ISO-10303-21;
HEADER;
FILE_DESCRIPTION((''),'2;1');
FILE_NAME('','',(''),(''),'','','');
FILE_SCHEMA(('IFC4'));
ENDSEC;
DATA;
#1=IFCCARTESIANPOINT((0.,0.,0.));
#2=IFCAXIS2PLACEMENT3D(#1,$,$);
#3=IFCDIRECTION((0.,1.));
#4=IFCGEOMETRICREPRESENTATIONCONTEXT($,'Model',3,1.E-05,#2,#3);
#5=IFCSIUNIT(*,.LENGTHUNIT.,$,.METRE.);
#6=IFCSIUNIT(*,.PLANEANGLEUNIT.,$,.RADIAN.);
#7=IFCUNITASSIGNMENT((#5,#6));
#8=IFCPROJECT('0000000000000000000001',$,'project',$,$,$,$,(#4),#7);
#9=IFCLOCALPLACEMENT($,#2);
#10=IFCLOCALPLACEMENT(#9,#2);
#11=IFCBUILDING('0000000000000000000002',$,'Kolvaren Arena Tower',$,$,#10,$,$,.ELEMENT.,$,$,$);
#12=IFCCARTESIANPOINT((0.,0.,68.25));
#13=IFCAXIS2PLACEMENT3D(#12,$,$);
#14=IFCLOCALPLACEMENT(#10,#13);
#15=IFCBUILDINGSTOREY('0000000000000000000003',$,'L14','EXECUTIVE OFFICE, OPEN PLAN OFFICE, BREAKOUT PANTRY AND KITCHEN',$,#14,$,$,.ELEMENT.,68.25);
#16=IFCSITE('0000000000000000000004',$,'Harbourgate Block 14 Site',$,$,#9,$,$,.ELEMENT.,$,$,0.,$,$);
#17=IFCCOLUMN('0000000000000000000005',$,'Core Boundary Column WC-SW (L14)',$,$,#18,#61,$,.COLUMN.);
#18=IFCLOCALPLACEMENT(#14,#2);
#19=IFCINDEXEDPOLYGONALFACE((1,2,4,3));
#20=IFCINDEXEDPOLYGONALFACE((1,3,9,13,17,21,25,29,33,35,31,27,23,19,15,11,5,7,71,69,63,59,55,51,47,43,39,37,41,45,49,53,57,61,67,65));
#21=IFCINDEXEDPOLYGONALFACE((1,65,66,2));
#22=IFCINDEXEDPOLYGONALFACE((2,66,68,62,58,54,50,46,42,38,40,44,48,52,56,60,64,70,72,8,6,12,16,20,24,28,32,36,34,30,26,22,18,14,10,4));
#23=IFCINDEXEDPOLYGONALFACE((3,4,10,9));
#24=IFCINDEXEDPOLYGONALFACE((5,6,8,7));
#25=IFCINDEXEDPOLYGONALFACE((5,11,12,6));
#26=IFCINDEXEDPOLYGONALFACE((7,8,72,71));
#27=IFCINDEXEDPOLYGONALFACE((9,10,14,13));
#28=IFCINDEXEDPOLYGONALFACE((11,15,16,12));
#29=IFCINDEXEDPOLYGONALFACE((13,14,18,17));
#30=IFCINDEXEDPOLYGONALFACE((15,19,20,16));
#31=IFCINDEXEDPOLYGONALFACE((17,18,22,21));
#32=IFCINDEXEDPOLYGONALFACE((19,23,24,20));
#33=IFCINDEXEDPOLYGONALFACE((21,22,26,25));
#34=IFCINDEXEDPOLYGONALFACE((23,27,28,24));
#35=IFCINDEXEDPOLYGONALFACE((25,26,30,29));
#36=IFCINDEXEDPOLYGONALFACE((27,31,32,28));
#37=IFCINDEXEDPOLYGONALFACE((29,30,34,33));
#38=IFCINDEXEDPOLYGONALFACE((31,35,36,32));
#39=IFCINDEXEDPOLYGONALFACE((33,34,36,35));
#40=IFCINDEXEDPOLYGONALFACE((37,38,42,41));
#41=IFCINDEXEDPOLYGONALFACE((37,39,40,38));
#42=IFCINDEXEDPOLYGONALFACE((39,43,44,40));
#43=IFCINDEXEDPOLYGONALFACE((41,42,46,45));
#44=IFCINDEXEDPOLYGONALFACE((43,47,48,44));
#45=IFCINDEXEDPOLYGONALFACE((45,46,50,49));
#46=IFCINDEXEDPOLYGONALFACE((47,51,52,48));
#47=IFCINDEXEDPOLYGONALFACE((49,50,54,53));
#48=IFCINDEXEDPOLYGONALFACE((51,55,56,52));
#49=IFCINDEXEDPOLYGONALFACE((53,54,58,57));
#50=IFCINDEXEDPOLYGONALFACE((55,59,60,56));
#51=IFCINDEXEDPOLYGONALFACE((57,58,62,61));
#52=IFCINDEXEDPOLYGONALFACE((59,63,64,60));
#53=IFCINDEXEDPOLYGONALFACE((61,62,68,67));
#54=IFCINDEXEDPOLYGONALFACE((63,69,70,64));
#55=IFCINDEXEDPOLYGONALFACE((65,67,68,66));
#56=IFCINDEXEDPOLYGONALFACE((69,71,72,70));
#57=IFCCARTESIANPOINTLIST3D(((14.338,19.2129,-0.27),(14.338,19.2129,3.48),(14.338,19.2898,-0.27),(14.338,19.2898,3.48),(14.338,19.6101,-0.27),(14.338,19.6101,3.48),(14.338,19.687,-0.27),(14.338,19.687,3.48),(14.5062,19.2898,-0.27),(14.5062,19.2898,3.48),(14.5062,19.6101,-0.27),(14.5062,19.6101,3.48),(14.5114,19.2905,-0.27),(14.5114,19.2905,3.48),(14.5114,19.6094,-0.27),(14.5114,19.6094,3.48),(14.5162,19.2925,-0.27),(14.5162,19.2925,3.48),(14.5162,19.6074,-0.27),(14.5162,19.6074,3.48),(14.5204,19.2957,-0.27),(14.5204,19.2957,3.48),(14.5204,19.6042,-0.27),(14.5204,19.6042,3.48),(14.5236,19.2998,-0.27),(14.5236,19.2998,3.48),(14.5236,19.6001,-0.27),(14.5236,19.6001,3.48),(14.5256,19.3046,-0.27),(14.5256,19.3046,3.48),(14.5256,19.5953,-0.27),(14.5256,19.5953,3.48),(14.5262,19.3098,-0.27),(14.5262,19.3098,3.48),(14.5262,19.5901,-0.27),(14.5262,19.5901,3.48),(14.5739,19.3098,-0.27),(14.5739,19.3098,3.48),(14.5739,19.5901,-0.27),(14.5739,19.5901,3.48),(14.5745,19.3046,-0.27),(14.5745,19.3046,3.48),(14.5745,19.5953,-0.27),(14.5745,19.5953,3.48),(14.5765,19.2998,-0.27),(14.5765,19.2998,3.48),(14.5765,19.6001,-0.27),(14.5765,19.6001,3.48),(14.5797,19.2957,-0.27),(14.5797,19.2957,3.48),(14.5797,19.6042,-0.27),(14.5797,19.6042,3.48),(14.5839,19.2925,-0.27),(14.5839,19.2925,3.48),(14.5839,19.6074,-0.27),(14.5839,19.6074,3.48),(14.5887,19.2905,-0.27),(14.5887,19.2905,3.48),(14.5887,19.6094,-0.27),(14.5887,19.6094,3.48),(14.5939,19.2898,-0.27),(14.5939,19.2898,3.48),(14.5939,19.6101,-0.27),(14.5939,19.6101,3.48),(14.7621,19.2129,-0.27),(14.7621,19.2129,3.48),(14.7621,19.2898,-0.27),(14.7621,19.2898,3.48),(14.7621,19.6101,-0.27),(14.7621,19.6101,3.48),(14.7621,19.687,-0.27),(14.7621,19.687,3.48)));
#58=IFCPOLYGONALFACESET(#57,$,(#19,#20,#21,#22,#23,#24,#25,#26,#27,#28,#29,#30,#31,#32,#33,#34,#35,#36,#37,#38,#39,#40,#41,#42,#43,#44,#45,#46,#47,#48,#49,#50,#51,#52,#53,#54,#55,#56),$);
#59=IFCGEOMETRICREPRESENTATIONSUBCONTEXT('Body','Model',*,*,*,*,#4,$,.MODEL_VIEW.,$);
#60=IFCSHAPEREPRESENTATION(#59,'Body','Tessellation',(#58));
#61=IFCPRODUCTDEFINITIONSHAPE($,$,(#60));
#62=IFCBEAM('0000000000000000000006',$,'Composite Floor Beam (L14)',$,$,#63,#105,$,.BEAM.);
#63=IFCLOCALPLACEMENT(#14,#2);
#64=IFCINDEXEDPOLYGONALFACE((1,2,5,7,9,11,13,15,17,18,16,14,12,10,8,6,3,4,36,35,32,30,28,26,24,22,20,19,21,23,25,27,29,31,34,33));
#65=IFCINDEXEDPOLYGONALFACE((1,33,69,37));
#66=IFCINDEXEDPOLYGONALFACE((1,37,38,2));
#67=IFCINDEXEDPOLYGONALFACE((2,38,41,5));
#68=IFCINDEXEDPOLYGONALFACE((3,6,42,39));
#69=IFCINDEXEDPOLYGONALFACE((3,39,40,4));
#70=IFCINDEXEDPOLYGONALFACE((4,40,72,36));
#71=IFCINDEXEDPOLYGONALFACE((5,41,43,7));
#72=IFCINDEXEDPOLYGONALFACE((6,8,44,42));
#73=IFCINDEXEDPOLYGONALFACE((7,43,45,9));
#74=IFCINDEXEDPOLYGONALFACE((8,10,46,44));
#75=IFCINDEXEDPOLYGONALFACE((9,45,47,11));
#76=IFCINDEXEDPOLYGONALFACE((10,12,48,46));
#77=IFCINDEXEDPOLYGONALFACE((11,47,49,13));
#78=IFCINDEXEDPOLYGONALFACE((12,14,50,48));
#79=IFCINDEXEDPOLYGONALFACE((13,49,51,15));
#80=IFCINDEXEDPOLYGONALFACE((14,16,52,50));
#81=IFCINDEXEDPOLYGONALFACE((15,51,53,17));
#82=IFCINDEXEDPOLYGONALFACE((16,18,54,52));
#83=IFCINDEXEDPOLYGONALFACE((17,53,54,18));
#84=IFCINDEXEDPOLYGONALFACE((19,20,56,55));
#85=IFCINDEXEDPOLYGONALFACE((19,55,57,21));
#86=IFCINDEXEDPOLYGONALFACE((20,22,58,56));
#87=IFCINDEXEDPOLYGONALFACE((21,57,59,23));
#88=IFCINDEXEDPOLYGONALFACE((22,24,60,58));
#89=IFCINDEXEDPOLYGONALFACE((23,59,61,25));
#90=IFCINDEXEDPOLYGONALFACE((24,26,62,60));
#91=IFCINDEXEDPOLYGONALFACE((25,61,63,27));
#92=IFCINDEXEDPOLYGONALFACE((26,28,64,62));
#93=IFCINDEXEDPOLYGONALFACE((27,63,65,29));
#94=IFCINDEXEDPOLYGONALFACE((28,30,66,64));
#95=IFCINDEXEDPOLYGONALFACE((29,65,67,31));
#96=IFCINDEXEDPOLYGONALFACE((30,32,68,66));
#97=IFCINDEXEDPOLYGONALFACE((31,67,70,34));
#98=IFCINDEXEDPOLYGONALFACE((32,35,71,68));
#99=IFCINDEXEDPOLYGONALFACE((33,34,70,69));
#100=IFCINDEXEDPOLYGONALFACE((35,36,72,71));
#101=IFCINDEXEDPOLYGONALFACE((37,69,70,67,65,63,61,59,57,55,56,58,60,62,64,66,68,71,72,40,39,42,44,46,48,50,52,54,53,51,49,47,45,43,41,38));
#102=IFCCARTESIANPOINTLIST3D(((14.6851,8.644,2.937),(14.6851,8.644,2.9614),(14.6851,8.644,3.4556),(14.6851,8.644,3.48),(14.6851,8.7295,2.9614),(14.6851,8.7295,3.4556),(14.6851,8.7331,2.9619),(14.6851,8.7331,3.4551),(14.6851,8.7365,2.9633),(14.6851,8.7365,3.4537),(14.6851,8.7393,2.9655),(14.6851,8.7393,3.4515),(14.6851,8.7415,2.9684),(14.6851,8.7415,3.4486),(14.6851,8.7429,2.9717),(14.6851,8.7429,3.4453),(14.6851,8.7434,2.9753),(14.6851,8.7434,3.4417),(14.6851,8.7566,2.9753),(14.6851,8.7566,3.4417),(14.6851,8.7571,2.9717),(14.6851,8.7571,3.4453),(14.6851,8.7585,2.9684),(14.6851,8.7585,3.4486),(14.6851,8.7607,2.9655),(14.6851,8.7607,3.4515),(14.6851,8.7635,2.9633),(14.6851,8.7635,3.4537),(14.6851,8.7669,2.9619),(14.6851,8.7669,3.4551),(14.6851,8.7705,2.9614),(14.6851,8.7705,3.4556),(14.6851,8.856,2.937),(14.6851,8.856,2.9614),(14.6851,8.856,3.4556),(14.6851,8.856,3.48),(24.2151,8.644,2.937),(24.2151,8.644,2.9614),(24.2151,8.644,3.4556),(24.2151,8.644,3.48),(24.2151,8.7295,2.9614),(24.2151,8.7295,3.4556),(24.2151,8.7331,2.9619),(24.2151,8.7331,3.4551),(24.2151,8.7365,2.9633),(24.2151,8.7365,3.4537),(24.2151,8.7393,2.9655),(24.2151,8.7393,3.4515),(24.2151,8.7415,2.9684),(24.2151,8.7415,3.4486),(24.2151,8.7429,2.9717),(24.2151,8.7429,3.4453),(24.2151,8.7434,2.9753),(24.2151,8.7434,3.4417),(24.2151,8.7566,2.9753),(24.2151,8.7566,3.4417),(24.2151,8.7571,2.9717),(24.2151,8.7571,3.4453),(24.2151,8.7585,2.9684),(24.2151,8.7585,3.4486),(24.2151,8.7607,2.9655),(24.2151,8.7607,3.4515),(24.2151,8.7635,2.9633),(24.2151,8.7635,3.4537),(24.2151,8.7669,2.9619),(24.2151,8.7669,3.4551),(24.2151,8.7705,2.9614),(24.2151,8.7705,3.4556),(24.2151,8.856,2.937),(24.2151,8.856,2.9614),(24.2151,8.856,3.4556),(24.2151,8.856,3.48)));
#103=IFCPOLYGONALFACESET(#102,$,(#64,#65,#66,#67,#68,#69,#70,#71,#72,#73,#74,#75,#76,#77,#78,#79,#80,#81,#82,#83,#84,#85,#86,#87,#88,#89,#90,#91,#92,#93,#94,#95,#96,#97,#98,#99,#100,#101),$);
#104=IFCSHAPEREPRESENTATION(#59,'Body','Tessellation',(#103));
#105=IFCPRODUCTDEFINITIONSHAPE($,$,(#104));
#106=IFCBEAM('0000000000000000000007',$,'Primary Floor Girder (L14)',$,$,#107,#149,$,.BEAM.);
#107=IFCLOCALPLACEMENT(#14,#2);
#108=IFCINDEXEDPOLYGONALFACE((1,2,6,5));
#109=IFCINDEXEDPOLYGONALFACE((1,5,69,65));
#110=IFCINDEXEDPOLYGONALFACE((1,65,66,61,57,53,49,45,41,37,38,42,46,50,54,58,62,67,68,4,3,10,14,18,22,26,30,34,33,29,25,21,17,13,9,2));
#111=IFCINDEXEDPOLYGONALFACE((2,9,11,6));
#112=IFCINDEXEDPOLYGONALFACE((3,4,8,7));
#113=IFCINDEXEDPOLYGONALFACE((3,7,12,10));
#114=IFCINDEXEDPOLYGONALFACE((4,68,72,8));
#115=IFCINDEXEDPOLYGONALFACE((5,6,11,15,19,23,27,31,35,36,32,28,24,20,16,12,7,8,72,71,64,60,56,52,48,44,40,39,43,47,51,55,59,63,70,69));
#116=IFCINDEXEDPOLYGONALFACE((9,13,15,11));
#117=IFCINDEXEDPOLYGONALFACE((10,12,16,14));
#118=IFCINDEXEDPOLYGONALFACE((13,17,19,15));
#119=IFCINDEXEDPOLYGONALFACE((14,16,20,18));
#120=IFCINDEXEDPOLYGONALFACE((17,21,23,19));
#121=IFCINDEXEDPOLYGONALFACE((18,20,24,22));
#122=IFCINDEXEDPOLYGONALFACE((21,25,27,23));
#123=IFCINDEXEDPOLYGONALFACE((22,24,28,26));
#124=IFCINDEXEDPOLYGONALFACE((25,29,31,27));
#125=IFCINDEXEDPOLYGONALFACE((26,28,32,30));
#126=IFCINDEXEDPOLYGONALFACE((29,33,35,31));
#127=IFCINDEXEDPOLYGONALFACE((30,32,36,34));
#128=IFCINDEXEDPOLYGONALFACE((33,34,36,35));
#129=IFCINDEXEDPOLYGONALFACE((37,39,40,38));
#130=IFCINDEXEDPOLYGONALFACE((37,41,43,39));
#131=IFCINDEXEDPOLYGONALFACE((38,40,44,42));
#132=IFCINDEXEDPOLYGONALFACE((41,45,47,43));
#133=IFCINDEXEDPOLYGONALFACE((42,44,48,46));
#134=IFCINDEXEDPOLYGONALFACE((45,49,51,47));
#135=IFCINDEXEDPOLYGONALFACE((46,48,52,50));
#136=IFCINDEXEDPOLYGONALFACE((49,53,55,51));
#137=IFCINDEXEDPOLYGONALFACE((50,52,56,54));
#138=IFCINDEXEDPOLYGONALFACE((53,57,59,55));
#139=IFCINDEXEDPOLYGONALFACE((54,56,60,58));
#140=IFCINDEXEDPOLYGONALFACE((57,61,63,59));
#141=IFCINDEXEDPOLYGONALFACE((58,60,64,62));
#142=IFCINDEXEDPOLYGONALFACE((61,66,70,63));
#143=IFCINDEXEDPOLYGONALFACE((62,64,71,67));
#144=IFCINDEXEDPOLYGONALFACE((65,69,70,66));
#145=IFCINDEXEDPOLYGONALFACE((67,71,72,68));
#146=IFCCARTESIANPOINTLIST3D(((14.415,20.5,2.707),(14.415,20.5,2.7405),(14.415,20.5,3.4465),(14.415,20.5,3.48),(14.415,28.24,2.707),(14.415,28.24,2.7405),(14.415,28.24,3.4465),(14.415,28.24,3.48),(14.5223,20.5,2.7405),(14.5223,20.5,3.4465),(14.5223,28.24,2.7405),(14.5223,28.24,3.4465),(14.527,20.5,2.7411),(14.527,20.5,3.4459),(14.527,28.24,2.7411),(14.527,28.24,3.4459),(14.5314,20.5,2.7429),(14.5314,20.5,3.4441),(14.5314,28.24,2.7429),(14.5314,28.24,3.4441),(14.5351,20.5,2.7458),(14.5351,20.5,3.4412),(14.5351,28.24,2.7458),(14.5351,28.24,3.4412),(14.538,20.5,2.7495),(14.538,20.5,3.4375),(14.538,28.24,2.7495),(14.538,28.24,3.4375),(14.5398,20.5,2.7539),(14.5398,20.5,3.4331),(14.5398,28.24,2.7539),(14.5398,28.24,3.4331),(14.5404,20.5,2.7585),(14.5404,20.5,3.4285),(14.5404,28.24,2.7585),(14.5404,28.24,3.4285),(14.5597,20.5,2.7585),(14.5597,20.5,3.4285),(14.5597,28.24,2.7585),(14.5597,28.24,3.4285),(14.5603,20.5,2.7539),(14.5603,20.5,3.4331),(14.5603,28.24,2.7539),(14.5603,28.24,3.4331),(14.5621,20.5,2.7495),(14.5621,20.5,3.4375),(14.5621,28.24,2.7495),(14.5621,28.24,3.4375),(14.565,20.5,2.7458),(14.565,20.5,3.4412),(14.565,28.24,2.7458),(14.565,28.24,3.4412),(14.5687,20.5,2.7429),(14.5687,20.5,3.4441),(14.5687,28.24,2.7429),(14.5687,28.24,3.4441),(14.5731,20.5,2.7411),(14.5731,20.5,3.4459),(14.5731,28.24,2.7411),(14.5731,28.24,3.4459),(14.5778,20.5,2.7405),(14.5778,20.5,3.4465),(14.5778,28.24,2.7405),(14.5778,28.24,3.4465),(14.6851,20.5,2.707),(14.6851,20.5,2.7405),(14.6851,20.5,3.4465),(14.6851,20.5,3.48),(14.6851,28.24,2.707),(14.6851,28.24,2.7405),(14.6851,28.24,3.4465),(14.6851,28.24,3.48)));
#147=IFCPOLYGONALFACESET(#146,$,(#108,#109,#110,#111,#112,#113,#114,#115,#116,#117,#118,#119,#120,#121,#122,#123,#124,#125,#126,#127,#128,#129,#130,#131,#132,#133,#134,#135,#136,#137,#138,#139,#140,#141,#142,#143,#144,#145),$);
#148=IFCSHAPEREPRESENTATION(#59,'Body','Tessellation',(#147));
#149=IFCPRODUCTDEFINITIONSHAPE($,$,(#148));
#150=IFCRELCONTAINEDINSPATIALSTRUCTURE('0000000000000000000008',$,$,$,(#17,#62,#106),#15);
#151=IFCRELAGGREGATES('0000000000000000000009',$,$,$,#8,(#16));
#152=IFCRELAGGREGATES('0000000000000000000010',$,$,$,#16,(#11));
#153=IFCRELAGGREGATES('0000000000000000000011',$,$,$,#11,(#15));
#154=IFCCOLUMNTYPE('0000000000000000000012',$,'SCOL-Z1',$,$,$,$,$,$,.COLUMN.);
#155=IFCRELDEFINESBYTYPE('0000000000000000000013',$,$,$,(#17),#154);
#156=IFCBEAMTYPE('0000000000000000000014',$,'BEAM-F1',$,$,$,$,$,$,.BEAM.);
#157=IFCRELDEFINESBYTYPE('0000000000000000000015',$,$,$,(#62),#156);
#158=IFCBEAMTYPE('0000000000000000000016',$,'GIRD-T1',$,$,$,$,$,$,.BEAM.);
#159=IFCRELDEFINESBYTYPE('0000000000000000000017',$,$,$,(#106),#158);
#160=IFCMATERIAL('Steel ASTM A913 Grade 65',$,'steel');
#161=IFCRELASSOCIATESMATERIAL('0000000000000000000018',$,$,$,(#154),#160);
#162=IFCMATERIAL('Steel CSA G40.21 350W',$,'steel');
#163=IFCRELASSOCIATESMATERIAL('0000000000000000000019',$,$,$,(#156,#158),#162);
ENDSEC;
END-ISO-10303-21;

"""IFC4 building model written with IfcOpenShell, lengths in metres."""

from ifc_helpers import new_model, si_unit, direction, frame, origin, origin_2d, place, context, subcontext, project, spatial, i_section, extrude, material, material_profile, profile_set, type_object, element, save


model = new_model("IFC4")

# Units and contexts
model_context = context("Model", 3, precision=1e-05, world=origin(), true_north=direction((0.0, 1.0)))
body_context = subcontext(model_context, "Body", "Model", "MODEL_VIEW")
ifc_project = project(units=[si_unit("LENGTHUNIT", "METRE"), si_unit("PLANEANGLEUNIT", "RADIAN")], contexts=[model_context])

# Site, building, storey
site_placement = place(None, origin())
site = spatial("IfcSite", under=ifc_project, at=site_placement, Name="Harbourgate Block 14 Site", CompositionType="ELEMENT", RefElevation=0.0)
building_placement = place(site_placement, origin())
building = spatial("IfcBuilding", under=site, at=building_placement, Name="Kolvaren Arena Tower", CompositionType="ELEMENT")
storey_placement = place(building_placement, frame((0.0, 0.0, 68.25)))
storey = spatial("IfcBuildingStorey", under=building, at=storey_placement, Name="L14", Description="EXECUTIVE OFFICE, OPEN PLAN OFFICE, BREAKOUT PANTRY AND KITCHEN", CompositionType="ELEMENT", Elevation=68.25)

# Column
ifc_material_1 = material(Name="Steel ASTM A913 Grade 65", Category="steel")
ifc_material_profile_1 = material_profile(ifc_material_1, i_section(OverallWidth=0.4241, OverallDepth=0.4741, WebThickness=0.0476, FlangeThickness=0.0769, FilletRadius=0.02, at=origin_2d()), Name="W360x634")
ifc_profile_set_1 = profile_set([ifc_material_profile_1], Name="Steel ASTM A913 Grade 65")
column_type = type_object("IfcColumnType", Name="SCOL-Z1", PredefinedType="COLUMN", material=ifc_profile_set_1)
column_placement = place(storey_placement, frame((14.55, 19.45, -0.27), z_axis=(0.0, 0.0, 1.0), x_axis=(1.0, 0.0, 0.0)))
element("IfcColumn", 1, at=column_placement, inside=storey, type_object=column_type, Name="Core Boundary Column WC-SW (L14)", PredefinedType="COLUMN", context=body_context, shape_type="SweptSolid", body=[
    extrude(i_section(OverallWidth=0.4241, OverallDepth=0.4741, WebThickness=0.0476, FlangeThickness=0.0769, FilletRadius=0.02, at=origin_2d()), origin(), (0.0, 0.0, 1.0), 3.75),
])

# Beams
ifc_material_2 = material(Name="Steel CSA G40.21 350W", Category="steel")
ifc_material_profile_2 = material_profile(ifc_material_2, i_section(OverallWidth=0.2119, OverallDepth=0.543, WebThickness=0.0132, FlangeThickness=0.0244, FilletRadius=0.0139, at=origin_2d()), Name="W530x150")
ifc_profile_set_2 = profile_set([ifc_material_profile_2], Name="Steel CSA G40.21 350W")
beam_type_1 = type_object("IfcBeamType", Name="BEAM-F1", PredefinedType="BEAM", material=ifc_profile_set_2)
beam_1_placement = place(storey_placement, frame((14.6851, 8.75, 3.2085), z_axis=(1.0, 0.0, 0.0), x_axis=(0.0, 1.0, 0.0)))
element("IfcBeam", 2, at=beam_1_placement, inside=storey, type_object=beam_type_1, Name="Composite Floor Beam (L14)", PredefinedType="BEAM", context=body_context, shape_type="SweptSolid", body=[
    extrude(i_section(OverallWidth=0.2119, OverallDepth=0.543, WebThickness=0.0132, FlangeThickness=0.0244, FilletRadius=0.0139, at=origin_2d()), origin(), (0.0, 0.0, 1.0), 9.53),
])
ifc_material_profile_3 = material_profile(ifc_material_2, i_section(OverallWidth=0.27, OverallDepth=0.7729, WebThickness=0.0193, FlangeThickness=0.0334, FilletRadius=0.0181, at=origin_2d()), Name="W760x257")
ifc_profile_set_3 = profile_set([ifc_material_profile_3], Name="Steel CSA G40.21 350W")
beam_type_2 = type_object("IfcBeamType", Name="GIRD-T1", PredefinedType="BEAM", material=ifc_profile_set_3)
beam_2_placement = place(storey_placement, frame((14.55, 20.5, 3.0935), z_axis=(0.0, 1.0, 0.0), x_axis=(-1.0, 0.0, 0.0)))
element("IfcBeam", 3, at=beam_2_placement, inside=storey, type_object=beam_type_2, Name="Primary Floor Girder (L14)", PredefinedType="BEAM", context=body_context, shape_type="SweptSolid", body=[
    extrude(i_section(OverallWidth=0.27, OverallDepth=0.7729, WebThickness=0.0193, FlangeThickness=0.0334, FilletRadius=0.0181, at=origin_2d()), origin(), (0.0, 0.0, 1.0), 7.74),
])

save(model, "model.ifc")
